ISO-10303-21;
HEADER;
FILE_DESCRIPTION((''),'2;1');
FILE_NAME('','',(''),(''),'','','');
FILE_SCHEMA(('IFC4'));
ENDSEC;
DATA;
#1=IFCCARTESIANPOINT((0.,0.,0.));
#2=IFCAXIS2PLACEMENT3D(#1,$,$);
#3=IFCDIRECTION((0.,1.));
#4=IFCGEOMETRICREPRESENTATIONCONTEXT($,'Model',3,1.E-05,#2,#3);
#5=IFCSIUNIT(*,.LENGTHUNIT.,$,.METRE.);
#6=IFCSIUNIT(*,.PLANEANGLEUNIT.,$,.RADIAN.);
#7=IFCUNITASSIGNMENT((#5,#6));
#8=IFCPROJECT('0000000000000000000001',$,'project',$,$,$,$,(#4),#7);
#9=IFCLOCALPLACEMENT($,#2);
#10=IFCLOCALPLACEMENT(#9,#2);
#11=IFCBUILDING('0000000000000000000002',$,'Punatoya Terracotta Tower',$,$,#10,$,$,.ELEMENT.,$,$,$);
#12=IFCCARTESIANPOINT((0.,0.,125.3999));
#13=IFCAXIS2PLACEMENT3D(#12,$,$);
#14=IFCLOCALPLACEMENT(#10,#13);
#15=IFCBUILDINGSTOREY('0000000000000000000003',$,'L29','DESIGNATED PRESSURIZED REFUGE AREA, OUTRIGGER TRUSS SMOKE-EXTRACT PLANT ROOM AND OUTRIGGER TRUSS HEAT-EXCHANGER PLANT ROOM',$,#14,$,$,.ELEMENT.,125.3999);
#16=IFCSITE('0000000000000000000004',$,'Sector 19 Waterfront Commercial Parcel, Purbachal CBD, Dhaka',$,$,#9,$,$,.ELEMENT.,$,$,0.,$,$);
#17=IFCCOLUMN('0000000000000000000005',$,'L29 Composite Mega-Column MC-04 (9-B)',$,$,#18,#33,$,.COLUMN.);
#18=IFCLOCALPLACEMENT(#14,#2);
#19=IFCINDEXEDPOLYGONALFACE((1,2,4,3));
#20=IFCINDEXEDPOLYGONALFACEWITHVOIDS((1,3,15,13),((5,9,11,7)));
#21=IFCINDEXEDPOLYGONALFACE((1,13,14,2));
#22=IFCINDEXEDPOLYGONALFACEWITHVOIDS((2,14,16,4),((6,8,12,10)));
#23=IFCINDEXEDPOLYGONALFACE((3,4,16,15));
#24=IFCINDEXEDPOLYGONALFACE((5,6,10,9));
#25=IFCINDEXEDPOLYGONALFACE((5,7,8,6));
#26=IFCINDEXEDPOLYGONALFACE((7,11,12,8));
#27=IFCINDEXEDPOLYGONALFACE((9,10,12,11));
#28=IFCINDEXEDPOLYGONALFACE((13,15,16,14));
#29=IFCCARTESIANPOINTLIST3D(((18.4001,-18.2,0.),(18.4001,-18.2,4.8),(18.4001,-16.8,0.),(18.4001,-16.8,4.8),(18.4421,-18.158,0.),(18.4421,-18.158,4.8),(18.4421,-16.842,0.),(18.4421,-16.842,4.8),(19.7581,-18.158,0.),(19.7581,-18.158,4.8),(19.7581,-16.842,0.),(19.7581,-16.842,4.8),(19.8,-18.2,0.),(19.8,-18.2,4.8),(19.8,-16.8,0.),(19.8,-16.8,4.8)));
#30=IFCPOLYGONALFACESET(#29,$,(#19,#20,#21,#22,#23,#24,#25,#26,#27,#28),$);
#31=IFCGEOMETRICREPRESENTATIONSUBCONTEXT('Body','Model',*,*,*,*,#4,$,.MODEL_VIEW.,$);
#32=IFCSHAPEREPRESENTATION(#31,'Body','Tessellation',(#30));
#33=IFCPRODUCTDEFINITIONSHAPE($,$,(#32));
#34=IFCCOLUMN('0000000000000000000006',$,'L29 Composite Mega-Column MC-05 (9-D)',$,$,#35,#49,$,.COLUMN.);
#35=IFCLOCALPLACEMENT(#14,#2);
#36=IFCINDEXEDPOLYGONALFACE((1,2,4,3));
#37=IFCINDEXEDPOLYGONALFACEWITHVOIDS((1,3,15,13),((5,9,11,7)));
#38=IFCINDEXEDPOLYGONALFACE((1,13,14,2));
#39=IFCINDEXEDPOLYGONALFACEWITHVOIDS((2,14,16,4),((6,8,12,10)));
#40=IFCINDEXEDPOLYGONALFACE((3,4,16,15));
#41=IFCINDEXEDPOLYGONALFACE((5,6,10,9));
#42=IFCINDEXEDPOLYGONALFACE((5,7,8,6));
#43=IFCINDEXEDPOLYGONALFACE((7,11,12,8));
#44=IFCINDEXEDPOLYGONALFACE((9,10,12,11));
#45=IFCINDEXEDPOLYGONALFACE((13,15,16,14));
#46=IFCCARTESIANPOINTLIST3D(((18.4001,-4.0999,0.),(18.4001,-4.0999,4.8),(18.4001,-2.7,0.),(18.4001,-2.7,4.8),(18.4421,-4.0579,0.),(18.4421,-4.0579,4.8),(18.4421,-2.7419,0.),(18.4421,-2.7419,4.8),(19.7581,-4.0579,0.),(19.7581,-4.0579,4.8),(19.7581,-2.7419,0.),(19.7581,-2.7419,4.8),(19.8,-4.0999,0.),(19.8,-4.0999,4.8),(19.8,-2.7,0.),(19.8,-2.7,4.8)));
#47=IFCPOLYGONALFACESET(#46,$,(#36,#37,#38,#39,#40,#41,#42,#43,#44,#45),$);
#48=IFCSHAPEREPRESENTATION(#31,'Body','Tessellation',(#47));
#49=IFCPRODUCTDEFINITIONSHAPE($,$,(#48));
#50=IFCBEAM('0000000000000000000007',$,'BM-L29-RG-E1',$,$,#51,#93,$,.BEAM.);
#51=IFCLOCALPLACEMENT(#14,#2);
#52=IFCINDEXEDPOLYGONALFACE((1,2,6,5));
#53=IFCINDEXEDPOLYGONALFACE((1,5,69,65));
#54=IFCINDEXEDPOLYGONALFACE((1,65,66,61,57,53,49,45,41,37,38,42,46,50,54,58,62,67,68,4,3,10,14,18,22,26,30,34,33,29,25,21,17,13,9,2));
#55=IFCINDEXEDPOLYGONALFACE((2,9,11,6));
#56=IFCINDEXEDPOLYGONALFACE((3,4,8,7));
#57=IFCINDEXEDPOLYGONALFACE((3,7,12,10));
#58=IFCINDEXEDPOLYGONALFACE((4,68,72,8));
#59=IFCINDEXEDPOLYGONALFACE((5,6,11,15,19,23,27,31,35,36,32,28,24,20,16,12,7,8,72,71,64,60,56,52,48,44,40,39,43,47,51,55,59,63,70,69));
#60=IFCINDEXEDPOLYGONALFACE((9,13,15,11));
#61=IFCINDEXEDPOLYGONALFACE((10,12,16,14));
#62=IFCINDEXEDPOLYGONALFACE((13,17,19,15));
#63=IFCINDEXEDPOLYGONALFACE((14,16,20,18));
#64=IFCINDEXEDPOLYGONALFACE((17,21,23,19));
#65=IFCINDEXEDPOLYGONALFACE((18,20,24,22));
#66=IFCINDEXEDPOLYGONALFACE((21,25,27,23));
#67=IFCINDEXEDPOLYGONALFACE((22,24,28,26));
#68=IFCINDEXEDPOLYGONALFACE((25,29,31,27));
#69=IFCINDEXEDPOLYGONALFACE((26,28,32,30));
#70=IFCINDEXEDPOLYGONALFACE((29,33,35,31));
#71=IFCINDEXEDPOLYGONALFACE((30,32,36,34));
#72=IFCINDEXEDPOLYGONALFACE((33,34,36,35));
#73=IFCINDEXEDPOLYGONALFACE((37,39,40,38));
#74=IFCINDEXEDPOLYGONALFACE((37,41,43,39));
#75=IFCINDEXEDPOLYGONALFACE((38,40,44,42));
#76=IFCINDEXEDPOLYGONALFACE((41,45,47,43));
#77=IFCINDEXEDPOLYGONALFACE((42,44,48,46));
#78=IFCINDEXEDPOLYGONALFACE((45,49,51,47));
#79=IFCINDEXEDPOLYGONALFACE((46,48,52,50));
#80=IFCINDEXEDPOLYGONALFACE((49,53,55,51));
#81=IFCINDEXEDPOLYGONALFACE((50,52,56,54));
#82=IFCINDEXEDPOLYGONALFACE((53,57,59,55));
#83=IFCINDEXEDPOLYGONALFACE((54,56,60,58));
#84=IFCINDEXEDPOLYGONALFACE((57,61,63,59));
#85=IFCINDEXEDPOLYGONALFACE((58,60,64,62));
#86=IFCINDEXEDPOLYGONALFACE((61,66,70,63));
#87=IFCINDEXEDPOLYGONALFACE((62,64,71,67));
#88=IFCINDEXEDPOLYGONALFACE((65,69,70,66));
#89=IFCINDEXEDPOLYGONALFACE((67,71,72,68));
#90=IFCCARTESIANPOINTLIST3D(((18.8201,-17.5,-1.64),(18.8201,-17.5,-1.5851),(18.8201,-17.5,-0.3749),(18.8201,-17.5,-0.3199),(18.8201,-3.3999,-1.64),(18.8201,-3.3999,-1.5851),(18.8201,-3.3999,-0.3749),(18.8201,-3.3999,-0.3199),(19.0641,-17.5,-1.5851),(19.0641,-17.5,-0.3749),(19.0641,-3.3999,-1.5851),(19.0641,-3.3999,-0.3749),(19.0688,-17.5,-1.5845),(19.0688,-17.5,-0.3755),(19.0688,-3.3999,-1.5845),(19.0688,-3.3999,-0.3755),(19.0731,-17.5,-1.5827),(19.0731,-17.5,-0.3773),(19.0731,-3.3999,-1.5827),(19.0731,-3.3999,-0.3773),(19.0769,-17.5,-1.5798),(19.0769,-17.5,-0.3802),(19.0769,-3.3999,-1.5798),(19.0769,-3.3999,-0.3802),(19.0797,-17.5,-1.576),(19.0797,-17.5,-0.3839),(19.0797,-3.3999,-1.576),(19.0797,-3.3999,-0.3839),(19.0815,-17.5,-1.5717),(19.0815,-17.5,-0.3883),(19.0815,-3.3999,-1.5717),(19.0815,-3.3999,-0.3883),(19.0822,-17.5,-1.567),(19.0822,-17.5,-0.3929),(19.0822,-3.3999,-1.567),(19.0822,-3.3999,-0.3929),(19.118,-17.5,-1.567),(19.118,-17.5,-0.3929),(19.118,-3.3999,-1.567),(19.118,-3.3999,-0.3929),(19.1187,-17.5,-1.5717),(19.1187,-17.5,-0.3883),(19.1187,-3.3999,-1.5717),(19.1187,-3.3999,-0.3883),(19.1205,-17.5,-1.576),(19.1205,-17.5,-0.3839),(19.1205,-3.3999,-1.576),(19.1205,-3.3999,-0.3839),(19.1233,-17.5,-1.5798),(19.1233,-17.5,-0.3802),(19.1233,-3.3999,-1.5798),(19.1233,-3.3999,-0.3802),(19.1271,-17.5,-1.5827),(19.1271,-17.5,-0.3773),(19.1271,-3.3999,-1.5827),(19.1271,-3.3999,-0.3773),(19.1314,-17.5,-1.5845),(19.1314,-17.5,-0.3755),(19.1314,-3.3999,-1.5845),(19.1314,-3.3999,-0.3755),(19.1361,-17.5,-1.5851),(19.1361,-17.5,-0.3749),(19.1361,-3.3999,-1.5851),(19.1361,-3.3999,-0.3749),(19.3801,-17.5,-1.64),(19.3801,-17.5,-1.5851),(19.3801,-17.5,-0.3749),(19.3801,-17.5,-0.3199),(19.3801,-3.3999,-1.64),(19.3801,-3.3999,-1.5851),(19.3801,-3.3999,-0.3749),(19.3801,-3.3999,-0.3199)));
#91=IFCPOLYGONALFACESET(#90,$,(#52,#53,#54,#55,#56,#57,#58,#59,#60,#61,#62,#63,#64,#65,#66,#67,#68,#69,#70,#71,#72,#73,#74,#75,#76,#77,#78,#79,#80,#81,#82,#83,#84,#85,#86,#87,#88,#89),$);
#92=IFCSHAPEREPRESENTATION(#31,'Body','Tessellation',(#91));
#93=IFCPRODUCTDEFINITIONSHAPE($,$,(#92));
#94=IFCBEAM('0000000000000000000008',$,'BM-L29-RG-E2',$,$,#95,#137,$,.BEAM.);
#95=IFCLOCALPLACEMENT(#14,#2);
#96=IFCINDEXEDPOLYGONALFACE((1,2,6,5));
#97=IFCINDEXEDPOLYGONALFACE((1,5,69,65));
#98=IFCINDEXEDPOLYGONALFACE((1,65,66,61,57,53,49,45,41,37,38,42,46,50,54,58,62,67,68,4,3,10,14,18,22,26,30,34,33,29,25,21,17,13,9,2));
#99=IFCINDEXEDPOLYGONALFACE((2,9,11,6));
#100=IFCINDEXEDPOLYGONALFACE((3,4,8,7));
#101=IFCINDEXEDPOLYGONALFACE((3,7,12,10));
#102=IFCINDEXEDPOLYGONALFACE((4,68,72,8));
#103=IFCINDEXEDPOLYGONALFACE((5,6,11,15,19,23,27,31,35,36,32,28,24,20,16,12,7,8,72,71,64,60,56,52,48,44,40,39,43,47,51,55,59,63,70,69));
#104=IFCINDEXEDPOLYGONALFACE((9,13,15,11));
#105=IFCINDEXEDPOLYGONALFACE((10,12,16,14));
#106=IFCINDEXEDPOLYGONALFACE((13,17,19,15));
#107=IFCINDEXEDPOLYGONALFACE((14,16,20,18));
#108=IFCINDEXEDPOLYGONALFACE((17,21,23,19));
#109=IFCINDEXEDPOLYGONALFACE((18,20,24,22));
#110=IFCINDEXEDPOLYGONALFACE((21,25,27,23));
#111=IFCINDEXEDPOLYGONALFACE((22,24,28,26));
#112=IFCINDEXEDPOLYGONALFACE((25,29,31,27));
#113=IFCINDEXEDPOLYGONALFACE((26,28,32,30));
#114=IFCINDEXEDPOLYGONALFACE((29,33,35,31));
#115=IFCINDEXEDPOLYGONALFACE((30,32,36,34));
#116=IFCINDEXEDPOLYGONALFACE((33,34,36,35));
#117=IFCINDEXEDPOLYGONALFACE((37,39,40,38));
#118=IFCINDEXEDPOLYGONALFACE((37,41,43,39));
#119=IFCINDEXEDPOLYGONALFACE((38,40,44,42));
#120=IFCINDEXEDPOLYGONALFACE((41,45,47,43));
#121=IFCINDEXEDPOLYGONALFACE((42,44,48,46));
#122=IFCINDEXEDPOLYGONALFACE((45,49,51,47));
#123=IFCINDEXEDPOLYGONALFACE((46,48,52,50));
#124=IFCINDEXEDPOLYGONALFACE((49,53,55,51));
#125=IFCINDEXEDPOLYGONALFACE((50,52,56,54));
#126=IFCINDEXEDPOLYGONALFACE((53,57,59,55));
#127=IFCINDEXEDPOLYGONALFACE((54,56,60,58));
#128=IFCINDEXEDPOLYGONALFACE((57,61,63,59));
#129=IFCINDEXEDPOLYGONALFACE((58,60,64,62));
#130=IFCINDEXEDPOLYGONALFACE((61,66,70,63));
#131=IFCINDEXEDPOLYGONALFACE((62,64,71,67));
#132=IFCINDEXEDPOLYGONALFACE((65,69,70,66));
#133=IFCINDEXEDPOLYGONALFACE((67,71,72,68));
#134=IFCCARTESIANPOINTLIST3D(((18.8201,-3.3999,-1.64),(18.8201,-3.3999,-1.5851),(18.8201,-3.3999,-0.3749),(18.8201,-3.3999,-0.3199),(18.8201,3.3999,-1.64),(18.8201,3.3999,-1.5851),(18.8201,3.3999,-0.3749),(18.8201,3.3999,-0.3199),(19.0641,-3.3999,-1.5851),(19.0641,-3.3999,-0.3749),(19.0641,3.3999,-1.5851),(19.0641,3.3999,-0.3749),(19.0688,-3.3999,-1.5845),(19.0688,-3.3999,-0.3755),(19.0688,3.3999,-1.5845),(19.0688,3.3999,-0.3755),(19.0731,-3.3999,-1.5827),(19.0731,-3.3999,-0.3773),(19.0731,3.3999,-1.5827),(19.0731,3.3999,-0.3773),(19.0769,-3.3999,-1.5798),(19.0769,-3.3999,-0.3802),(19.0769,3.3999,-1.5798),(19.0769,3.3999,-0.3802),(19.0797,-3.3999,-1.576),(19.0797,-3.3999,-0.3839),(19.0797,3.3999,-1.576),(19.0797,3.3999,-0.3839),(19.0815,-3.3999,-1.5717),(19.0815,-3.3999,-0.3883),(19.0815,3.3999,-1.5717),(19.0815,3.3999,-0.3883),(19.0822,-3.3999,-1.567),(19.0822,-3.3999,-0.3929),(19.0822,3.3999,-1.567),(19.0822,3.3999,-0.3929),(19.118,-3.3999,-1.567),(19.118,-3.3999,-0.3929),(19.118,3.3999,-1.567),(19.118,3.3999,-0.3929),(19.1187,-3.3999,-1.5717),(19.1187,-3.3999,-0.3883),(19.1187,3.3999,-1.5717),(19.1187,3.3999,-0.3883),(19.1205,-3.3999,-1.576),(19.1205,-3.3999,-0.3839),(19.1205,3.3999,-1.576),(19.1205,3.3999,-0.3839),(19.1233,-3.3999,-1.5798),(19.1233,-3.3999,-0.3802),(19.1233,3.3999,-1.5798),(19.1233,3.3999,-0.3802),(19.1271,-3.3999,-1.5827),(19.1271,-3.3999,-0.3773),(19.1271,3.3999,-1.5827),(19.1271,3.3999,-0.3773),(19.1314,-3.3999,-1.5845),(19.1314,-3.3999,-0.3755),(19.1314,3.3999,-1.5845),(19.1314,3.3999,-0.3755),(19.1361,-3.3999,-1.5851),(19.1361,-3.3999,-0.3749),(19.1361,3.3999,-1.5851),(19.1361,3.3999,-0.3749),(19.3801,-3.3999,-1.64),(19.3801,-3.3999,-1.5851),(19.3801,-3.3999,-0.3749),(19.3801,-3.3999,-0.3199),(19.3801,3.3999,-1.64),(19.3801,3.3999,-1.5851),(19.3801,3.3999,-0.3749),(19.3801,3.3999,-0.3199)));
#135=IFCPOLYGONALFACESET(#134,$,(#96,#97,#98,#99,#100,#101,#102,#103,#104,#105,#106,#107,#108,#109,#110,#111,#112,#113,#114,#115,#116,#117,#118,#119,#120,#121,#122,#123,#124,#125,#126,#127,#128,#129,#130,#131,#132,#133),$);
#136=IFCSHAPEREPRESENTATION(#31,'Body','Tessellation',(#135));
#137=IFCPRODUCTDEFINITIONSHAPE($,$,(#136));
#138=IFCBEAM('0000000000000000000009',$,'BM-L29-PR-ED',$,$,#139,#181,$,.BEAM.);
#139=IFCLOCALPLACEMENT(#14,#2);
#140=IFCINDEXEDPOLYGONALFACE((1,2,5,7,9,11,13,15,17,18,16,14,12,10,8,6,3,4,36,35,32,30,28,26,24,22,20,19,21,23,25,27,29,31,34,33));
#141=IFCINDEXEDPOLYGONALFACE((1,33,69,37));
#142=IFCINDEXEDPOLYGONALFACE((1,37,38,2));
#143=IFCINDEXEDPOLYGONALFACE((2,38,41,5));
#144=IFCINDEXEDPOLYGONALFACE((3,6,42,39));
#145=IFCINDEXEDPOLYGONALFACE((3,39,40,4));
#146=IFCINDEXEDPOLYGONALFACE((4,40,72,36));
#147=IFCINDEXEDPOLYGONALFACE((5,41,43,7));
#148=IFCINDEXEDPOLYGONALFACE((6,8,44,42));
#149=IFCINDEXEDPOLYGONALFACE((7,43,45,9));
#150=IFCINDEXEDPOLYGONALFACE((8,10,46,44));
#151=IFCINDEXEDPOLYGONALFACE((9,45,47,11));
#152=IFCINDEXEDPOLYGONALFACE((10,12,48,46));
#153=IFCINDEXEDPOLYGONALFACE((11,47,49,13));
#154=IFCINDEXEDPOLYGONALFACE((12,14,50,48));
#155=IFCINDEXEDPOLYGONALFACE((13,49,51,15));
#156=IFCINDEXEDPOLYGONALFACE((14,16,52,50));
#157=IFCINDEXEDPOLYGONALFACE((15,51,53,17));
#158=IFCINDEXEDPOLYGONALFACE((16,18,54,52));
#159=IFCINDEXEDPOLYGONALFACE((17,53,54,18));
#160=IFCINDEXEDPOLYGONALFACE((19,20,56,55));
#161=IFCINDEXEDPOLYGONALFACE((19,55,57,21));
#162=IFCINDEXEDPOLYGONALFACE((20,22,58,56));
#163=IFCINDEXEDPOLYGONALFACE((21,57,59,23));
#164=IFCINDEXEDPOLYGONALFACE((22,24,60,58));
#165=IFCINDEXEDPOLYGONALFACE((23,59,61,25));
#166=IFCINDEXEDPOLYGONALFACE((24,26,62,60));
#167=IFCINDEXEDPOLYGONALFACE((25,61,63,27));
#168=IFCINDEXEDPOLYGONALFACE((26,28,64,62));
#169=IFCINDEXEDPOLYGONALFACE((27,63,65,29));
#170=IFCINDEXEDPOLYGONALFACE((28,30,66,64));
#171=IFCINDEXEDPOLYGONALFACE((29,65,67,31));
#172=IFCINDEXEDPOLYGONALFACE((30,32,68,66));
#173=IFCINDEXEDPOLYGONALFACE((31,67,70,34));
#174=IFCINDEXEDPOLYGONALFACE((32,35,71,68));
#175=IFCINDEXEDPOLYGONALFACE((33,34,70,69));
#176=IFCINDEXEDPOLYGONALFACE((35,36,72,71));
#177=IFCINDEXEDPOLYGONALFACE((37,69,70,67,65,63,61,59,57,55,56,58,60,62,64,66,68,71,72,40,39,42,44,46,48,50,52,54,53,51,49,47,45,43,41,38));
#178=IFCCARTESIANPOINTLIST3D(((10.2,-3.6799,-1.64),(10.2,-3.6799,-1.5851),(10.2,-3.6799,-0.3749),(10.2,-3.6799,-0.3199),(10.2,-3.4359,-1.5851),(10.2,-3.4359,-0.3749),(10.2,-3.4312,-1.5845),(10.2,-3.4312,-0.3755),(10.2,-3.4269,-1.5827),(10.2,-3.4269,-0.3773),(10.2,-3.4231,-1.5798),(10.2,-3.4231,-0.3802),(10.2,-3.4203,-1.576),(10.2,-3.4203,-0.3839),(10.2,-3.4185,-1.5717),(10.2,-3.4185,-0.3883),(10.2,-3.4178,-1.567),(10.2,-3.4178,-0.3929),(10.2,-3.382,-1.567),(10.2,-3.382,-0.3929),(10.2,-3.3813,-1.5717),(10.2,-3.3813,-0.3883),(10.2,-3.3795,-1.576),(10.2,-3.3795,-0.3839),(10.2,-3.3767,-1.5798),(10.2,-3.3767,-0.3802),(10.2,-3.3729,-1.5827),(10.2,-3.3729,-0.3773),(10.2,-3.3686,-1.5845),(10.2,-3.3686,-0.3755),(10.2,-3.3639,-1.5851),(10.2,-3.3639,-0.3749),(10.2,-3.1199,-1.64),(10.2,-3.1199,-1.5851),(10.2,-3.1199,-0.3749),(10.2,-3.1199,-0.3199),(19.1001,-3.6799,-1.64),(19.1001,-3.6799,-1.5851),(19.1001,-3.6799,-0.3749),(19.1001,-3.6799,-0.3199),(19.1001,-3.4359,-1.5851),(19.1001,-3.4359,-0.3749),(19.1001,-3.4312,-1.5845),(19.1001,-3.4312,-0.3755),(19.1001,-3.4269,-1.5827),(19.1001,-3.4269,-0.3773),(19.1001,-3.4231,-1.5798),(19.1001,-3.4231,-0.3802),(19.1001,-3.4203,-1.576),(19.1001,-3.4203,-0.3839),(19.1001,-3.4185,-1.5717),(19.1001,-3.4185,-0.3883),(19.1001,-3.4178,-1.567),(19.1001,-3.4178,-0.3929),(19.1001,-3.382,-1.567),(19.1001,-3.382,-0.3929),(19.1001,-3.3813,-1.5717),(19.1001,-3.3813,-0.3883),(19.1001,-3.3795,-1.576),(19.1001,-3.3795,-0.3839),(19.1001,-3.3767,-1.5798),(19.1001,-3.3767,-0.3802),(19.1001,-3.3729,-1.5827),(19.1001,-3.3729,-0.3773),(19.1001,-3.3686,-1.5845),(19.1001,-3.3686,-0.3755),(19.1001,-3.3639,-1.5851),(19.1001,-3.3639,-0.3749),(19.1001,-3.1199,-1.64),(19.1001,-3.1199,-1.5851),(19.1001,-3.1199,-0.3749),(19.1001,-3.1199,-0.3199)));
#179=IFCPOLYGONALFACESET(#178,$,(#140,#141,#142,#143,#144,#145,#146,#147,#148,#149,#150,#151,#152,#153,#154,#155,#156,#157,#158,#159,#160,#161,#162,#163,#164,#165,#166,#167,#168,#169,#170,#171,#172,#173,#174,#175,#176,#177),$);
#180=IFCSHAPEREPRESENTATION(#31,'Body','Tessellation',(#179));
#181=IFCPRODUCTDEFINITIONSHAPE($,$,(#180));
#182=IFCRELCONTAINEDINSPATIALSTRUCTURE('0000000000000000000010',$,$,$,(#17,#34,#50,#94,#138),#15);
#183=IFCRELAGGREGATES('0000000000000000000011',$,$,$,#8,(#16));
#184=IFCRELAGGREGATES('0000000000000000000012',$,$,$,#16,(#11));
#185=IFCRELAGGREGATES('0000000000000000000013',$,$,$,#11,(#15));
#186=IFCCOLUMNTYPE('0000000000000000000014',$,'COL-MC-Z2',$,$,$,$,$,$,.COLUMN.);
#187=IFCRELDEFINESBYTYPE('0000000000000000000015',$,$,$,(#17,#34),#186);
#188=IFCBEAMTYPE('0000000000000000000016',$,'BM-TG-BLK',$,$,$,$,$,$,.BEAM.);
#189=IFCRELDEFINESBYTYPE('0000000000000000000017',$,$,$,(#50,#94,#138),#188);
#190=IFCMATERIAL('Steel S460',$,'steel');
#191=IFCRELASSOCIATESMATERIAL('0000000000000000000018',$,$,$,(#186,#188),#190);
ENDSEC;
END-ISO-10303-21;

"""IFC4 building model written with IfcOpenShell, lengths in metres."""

from ifc_helpers import new_model, si_unit, direction, frame, origin, origin_2d, place, context, subcontext, project, spatial, hollow_rectangle, i_section, extrude, material, material_profile, profile_set, type_object, element, save


model = new_model("IFC4")

# Units and contexts
model_context = context("Model", 3, precision=1e-05, world=origin(), true_north=direction((0.0, 1.0)))
body_context = subcontext(model_context, "Body", "Model", "MODEL_VIEW")
ifc_project = project(units=[si_unit("LENGTHUNIT", "METRE"), si_unit("PLANEANGLEUNIT", "RADIAN")], contexts=[model_context])

# Site, building, storey
site_placement = place(None, origin())
site = spatial("IfcSite", under=ifc_project, at=site_placement, Name="Sector 19 Waterfront Commercial Parcel, Purbachal CBD, Dhaka", CompositionType="ELEMENT", RefElevation=0.0)
building_placement = place(site_placement, origin())
building = spatial("IfcBuilding", under=site, at=building_placement, Name="Punatoya Terracotta Tower", CompositionType="ELEMENT")
storey_placement = place(building_placement, frame((0.0, 0.0, 125.3999)))
storey = spatial("IfcBuildingStorey", under=building, at=storey_placement, Name="L29", Description="DESIGNATED PRESSURIZED REFUGE AREA, OUTRIGGER TRUSS SMOKE-EXTRACT PLANT ROOM AND OUTRIGGER TRUSS HEAT-EXCHANGER PLANT ROOM", CompositionType="ELEMENT", Elevation=125.3999)

# Columns
ifc_material_1 = material(Name="Steel S460", Category="steel")
ifc_material_profile_1 = material_profile(ifc_material_1, hollow_rectangle(XDim=1.3999, YDim=1.3999, WallThickness=0.042, at=origin_2d()))
ifc_profile_set_1 = profile_set([ifc_material_profile_1], Name="Steel S460")
column_type = type_object("IfcColumnType", Name="COL-MC-Z2", PredefinedType="COLUMN", material=ifc_profile_set_1)
for number, where, z_axis, x_axis, name in (
    (1, (19.1001, -17.5, 0.0), (0.0, 0.0, 1.0), (1.0, 0.0, 0.0), "L29 Composite Mega-Column MC-04 (9-B)"),
    (2, (19.1001, -3.3999, 0.0), (0.0, 0.0, 1.0), (1.0, 0.0, 0.0), "L29 Composite Mega-Column MC-05 (9-D)"),
):
    element("IfcColumn", number, at=place(storey_placement, frame(where, z_axis=z_axis, x_axis=x_axis)), inside=storey, type_object=column_type, Name=name, PredefinedType="COLUMN", context=body_context, shape_type="SweptSolid", body=[
        extrude(hollow_rectangle(XDim=1.3999, YDim=1.3999, WallThickness=0.042, at=origin_2d()), origin(), (0.0, 0.0, 1.0), 4.8),
    ])

# Beams
ifc_material_profile_2 = material_profile(ifc_material_1, i_section(OverallWidth=0.5601, OverallDepth=1.3201, WebThickness=0.0359, FlangeThickness=0.0549, FilletRadius=0.0181, at=origin_2d()))
ifc_profile_set_2 = profile_set([ifc_material_profile_2], Name="Steel S460")
beam_type_1 = type_object("IfcBeamType", Name="BM-TG-BLK", PredefinedType="BEAM", material=ifc_profile_set_2)
beam_1_placement = place(storey_placement, frame((19.1001, -17.5, -0.98), z_axis=(0.0, 1.0, 0.0), x_axis=(-1.0, 0.0, 0.0)))
element("IfcBeam", 3, at=beam_1_placement, inside=storey, type_object=beam_type_1, Name="BM-L29-RG-E1", PredefinedType="BEAM", context=body_context, shape_type="SweptSolid", body=[
    extrude(i_section(OverallWidth=0.5601, OverallDepth=1.3201, WebThickness=0.0359, FlangeThickness=0.0549, FilletRadius=0.0181, at=origin_2d()), origin(), (0.0, 0.0, 1.0), 14.1001),
])
beam_2_placement = place(storey_placement, frame((19.1001, -3.3999, -0.98), z_axis=(0.0, 1.0, 0.0), x_axis=(-1.0, 0.0, 0.0)))
element("IfcBeam", 4, at=beam_2_placement, inside=storey, type_object=beam_type_1, Name="BM-L29-RG-E2", PredefinedType="BEAM", context=body_context, shape_type="SweptSolid", body=[
    extrude(i_section(OverallWidth=0.5601, OverallDepth=1.3201, WebThickness=0.0359, FlangeThickness=0.0549, FilletRadius=0.0181, at=origin_2d()), origin(), (0.0, 0.0, 1.0), 6.7998),
])
beam_3_placement = place(storey_placement, frame((10.2, -3.3999, -0.98), z_axis=(1.0, 0.0, 0.0), x_axis=(0.0, 1.0, 0.0)))
element("IfcBeam", 5, at=beam_3_placement, inside=storey, type_object=beam_type_1, Name="BM-L29-PR-ED", PredefinedType="BEAM", context=body_context, shape_type="SweptSolid", body=[
    extrude(i_section(OverallWidth=0.5601, OverallDepth=1.3201, WebThickness=0.0359, FlangeThickness=0.0549, FilletRadius=0.0181, at=origin_2d()), origin(), (0.0, 0.0, 1.0), 8.9001),
])

save(model, "model.ifc")
